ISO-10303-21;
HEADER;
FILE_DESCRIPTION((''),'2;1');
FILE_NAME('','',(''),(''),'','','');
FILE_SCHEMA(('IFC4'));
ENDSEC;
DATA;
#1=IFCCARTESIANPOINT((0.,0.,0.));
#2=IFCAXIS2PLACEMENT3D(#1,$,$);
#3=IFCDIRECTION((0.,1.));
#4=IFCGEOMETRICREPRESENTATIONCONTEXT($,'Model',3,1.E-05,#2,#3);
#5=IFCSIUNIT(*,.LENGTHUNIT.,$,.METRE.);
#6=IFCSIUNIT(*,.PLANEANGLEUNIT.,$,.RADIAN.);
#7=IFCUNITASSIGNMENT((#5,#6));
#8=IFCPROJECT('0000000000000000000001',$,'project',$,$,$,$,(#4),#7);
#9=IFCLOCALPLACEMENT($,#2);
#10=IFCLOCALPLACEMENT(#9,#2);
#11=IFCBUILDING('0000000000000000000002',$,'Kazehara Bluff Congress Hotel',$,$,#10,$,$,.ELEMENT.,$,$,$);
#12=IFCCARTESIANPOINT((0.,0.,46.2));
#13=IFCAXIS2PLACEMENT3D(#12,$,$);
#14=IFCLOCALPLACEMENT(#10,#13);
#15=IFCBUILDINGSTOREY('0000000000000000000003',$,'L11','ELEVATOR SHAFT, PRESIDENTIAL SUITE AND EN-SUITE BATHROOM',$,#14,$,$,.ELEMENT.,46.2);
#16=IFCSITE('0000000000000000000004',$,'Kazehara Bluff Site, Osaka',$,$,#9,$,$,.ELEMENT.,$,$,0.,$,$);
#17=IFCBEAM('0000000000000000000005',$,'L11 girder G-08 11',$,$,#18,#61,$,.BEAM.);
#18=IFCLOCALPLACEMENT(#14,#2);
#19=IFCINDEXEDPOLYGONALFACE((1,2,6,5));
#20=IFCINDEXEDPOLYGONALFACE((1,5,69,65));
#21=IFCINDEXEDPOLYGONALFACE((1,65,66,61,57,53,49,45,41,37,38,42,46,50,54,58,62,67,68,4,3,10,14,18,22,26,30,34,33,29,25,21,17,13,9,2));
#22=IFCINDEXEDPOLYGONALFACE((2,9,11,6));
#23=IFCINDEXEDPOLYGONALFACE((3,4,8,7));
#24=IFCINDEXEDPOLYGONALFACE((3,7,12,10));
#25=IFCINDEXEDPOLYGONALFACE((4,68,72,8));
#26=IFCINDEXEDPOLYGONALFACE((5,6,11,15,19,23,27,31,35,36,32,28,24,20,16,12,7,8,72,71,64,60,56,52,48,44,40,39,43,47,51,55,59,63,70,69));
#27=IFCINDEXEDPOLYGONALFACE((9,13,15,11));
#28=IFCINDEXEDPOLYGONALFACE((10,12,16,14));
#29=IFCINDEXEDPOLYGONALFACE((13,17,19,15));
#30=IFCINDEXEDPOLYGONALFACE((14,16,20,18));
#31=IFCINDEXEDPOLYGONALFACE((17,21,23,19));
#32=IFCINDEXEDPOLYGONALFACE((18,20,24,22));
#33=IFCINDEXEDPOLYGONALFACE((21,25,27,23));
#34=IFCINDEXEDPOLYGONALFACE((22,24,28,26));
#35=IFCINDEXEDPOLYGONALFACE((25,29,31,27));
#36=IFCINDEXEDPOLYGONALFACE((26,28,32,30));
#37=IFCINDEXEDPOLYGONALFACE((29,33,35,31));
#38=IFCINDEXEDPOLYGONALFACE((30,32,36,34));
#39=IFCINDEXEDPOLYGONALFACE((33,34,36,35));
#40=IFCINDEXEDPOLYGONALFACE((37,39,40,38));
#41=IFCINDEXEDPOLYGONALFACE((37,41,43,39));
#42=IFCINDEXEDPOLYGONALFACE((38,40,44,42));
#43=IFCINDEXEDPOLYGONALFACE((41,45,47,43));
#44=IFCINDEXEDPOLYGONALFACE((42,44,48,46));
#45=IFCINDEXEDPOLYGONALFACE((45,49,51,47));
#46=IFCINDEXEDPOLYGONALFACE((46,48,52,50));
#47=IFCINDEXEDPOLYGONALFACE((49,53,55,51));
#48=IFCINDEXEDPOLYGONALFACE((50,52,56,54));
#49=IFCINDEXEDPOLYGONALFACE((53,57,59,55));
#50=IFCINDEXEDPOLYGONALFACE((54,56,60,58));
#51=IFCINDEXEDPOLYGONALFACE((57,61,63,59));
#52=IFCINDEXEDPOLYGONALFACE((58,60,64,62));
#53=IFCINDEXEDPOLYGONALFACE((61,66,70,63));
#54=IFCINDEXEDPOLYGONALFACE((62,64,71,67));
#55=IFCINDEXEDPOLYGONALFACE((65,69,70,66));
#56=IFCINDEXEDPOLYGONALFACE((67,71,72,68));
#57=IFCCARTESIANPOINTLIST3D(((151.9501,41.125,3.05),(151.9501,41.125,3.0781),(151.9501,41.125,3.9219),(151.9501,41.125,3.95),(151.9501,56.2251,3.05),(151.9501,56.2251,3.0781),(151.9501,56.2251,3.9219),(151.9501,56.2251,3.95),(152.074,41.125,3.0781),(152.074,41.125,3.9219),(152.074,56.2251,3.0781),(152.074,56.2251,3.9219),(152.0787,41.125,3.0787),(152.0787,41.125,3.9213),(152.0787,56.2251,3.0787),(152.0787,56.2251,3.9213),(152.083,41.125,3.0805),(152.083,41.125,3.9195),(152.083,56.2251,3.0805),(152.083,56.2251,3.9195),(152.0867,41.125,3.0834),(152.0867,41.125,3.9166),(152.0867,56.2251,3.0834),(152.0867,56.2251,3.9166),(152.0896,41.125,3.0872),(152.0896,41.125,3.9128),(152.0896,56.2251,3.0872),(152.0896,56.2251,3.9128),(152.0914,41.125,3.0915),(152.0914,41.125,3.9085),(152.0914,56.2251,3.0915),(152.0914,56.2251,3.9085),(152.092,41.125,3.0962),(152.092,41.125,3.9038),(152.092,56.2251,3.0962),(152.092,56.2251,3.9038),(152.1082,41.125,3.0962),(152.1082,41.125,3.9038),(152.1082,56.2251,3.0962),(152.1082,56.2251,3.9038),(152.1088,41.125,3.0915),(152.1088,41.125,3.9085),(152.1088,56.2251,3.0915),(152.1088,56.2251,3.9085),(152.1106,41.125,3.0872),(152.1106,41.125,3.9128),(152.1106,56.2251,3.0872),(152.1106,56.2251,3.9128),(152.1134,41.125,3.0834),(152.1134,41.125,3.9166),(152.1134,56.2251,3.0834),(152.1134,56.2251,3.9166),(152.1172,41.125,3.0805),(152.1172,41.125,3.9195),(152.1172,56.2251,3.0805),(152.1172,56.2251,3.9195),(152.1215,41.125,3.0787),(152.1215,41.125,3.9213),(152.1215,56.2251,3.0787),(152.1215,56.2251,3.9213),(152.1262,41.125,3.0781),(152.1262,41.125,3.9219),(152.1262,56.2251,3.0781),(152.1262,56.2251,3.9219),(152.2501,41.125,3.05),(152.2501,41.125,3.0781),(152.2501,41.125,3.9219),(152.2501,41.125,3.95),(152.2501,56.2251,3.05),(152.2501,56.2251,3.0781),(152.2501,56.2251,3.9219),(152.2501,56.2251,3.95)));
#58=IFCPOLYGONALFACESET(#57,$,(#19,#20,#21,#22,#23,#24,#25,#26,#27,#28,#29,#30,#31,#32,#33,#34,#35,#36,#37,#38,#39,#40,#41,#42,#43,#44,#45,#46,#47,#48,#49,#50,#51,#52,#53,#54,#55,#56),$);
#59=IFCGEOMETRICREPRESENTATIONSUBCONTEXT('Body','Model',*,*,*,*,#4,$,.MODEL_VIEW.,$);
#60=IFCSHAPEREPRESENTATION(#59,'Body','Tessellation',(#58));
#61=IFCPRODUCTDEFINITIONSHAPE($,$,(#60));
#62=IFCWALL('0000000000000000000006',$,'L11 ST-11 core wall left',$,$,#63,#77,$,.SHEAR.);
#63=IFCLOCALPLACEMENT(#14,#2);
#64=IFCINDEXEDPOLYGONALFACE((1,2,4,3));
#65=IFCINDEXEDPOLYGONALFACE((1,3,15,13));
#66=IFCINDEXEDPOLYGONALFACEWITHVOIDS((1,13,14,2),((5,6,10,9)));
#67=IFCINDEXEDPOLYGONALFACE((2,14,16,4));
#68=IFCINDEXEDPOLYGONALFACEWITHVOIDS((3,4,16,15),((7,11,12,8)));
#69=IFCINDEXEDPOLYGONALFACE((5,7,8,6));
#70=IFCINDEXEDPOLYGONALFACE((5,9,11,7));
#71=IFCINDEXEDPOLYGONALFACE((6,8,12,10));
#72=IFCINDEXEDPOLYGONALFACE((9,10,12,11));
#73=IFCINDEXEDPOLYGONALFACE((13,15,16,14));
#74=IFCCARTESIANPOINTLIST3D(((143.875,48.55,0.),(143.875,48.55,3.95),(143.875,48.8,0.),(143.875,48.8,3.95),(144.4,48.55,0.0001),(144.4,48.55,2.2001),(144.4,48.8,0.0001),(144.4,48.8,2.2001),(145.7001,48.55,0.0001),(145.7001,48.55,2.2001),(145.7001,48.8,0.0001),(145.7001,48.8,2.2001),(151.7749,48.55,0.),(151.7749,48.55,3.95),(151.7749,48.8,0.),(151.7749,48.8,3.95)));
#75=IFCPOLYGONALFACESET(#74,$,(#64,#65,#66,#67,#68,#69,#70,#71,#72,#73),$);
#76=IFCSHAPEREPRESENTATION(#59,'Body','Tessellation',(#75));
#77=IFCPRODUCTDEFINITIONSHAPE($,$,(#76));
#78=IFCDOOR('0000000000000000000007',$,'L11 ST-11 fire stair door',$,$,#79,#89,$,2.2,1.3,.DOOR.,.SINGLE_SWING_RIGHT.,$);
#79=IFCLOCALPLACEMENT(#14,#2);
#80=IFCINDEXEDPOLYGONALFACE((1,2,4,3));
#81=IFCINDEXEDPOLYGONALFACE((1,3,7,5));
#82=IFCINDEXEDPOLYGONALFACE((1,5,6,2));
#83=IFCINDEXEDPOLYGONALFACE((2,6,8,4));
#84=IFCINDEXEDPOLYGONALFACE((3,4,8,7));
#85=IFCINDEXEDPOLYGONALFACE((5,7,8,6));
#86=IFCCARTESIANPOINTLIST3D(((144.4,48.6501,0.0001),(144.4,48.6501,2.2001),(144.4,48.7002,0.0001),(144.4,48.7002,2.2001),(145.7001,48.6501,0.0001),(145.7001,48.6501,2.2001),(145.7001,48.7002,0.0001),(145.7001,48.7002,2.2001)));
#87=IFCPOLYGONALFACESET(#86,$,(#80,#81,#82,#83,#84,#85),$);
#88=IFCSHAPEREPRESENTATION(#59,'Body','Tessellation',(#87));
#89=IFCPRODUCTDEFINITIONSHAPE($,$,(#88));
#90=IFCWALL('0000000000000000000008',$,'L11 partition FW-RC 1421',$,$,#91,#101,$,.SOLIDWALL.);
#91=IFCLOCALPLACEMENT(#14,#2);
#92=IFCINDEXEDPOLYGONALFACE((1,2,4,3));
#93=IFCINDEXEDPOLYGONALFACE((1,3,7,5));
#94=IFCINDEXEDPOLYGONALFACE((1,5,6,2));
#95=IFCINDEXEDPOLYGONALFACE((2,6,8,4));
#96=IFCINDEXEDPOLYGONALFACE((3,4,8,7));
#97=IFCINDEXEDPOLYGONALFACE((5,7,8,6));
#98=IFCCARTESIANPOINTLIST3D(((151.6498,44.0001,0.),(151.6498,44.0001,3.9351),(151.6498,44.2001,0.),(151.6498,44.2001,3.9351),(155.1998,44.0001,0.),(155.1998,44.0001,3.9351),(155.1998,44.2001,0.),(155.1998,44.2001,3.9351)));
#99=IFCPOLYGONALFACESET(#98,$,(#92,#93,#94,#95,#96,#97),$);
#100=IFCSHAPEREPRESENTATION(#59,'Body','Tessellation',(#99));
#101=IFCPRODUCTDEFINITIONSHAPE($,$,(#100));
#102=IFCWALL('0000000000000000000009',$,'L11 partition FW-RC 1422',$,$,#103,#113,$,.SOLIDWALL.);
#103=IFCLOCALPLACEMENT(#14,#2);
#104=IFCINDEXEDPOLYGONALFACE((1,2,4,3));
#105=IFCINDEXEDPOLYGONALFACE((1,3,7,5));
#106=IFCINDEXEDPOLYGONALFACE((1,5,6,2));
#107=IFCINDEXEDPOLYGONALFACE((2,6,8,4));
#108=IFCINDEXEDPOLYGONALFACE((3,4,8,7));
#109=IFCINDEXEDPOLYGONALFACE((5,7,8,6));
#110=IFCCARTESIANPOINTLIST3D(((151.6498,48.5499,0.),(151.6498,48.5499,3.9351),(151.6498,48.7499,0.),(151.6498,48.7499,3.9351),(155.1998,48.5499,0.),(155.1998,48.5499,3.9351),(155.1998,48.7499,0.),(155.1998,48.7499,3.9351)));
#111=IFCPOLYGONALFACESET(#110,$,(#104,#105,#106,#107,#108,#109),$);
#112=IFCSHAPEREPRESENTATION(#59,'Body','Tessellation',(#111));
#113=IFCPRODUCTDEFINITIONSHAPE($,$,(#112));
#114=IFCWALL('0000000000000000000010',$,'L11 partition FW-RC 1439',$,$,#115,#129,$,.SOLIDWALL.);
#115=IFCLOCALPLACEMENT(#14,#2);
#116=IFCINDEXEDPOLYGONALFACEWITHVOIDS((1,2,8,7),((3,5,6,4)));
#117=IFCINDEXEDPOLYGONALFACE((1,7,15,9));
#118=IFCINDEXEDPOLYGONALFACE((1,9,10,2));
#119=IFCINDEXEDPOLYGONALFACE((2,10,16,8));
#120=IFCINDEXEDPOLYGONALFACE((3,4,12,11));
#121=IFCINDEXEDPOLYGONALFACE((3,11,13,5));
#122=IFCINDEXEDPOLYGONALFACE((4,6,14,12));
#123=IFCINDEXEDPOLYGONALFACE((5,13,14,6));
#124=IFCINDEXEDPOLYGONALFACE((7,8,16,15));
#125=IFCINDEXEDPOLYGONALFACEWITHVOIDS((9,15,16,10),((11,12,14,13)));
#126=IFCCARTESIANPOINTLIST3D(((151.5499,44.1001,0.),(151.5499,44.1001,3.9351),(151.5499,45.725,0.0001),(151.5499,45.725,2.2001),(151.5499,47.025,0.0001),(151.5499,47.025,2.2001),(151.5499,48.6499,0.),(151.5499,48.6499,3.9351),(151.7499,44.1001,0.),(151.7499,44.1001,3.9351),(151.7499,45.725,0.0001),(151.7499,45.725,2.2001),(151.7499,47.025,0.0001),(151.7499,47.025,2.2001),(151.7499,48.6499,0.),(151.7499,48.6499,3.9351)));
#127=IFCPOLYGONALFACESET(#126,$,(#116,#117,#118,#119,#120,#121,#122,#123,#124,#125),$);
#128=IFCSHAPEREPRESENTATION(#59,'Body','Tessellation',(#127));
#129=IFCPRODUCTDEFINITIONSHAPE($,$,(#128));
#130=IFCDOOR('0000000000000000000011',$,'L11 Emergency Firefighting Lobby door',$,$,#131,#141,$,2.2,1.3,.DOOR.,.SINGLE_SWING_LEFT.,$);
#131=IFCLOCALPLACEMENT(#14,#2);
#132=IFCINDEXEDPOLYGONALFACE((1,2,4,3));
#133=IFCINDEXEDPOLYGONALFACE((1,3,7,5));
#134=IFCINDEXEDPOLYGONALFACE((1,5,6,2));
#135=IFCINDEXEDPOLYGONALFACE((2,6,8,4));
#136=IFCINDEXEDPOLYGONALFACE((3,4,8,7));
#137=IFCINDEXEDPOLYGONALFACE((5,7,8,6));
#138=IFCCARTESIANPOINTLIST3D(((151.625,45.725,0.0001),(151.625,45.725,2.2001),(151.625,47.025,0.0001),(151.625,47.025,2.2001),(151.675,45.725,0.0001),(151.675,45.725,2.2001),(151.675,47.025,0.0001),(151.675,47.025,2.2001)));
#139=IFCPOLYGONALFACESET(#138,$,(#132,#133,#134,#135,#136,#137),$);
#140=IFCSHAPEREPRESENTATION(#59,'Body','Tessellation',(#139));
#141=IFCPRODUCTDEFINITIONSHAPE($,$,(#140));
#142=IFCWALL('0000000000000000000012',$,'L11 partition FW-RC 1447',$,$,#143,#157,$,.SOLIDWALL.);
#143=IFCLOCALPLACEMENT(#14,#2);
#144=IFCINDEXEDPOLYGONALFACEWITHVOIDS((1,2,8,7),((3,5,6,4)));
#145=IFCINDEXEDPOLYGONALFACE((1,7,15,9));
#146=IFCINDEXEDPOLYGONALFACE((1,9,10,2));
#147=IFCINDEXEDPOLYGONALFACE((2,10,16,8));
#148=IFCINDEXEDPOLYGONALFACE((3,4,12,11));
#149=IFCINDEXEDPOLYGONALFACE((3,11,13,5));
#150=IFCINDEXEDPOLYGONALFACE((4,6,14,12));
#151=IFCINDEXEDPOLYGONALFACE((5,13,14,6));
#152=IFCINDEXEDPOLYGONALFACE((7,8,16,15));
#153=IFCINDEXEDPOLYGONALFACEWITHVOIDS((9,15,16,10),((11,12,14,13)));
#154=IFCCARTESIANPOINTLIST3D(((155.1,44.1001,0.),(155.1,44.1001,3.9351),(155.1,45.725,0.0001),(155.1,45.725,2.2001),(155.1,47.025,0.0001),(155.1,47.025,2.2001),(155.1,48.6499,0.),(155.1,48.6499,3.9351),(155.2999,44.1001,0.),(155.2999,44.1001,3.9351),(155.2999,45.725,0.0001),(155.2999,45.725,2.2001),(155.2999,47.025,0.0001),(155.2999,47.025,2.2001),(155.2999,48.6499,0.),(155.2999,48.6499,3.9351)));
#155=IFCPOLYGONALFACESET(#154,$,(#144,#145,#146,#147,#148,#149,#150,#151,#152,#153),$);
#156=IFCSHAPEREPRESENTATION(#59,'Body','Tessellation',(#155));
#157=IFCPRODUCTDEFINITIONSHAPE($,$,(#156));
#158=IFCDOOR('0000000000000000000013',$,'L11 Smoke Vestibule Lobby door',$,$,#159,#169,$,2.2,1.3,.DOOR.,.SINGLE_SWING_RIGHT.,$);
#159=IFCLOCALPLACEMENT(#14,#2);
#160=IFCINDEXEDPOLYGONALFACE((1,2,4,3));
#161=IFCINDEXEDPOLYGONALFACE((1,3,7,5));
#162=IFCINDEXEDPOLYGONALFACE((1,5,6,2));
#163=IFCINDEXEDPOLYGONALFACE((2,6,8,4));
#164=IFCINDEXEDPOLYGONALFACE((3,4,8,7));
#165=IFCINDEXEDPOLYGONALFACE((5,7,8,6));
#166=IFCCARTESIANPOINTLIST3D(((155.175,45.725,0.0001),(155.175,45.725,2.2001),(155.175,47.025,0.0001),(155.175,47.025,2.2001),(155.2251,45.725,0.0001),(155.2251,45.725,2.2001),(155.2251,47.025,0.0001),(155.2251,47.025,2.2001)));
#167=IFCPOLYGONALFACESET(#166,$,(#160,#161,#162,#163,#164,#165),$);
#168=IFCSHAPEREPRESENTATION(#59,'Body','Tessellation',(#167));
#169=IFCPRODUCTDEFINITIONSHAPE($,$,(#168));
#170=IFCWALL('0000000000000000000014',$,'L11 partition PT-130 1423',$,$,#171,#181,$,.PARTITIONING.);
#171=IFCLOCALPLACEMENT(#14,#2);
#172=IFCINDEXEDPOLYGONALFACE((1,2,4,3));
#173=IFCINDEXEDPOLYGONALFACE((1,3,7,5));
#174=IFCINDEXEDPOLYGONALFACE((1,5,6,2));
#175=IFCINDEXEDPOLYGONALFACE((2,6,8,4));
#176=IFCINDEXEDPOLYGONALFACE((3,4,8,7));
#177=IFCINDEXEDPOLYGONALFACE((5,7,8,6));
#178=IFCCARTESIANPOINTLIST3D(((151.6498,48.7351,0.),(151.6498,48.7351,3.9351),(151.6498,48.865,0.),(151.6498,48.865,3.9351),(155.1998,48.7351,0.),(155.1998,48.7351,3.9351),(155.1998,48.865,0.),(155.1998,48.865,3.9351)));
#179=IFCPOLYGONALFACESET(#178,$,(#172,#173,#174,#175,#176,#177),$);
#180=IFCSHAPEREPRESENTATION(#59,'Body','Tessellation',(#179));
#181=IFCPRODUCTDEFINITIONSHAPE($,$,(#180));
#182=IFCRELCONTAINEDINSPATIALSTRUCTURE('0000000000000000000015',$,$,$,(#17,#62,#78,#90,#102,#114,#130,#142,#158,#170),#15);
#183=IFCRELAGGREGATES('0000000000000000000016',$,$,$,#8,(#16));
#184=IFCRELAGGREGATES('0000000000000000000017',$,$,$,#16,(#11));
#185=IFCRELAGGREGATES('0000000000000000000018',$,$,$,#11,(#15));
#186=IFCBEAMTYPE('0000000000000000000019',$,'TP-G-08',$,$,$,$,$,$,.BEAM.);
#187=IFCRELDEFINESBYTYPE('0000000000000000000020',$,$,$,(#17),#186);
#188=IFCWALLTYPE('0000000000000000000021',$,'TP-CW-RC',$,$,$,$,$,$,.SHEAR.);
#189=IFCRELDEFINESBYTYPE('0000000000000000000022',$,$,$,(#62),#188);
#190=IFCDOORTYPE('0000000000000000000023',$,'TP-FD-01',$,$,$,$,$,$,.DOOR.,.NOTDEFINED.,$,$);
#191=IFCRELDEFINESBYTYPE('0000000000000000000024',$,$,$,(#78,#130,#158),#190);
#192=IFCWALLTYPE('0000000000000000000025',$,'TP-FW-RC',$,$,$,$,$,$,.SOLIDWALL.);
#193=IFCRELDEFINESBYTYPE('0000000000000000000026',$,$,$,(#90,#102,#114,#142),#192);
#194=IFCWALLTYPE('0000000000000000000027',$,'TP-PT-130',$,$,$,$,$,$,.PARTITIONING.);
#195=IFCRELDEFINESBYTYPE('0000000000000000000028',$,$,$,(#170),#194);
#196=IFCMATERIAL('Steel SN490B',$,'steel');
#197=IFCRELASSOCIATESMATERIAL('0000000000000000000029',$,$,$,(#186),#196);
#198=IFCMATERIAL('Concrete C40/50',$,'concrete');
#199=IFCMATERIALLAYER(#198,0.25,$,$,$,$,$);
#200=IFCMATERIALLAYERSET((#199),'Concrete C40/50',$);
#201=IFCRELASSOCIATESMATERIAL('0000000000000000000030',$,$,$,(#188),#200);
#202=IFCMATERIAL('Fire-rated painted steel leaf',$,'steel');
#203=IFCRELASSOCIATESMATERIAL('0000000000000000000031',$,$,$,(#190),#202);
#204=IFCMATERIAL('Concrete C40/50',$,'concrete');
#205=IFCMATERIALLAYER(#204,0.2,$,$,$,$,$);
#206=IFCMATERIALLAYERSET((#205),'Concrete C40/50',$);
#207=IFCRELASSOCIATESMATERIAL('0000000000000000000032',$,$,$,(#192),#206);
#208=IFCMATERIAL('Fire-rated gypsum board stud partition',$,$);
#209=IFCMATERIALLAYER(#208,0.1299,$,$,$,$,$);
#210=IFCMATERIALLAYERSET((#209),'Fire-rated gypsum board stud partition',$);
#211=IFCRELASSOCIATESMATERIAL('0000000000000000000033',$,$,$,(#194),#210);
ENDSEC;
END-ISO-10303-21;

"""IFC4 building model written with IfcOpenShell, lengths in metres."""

from ifc_helpers import new_model, si_unit, direction, frame, frame_2d, origin, origin_2d, place, context, subcontext, project, spatial, rectangle, i_section, extrude, material, layer, layer_set, material_profile, profile_set, type_object, element, fill, save


model = new_model("IFC4")

# Units and contexts
model_context = context("Model", 3, precision=1e-05, world=origin(), true_north=direction((0.0, 1.0)))
body_context = subcontext(model_context, "Body", "Model", "MODEL_VIEW")
ifc_project = project(units=[si_unit("LENGTHUNIT", "METRE"), si_unit("PLANEANGLEUNIT", "RADIAN")], contexts=[model_context])

# Site, building, storey
site_placement = place(None, origin())
site = spatial("IfcSite", under=ifc_project, at=site_placement, Name="Kazehara Bluff Site, Osaka", CompositionType="ELEMENT", RefElevation=0.0)
building_placement = place(site_placement, origin())
building = spatial("IfcBuilding", under=site, at=building_placement, Name="Kazehara Bluff Congress Hotel", CompositionType="ELEMENT")
storey_placement = place(building_placement, frame((0.0, 0.0, 46.2)))
storey = spatial("IfcBuildingStorey", under=building, at=storey_placement, Name="L11", Description="ELEVATOR SHAFT, PRESIDENTIAL SUITE AND EN-SUITE BATHROOM", CompositionType="ELEMENT", Elevation=46.2)

# Beam
ifc_material_1 = material(Name="Steel SN490B", Category="steel")
ifc_material_profile_1 = material_profile(ifc_material_1, i_section(OverallWidth=0.3, OverallDepth=0.8999, WebThickness=0.0161, FlangeThickness=0.0281, FilletRadius=0.0181, at=origin_2d()))
ifc_profile_set_1 = profile_set([ifc_material_profile_1], Name="Steel SN490B")
beam_type_1 = type_object("IfcBeamType", Name="TP-G-08", PredefinedType="BEAM", material=ifc_profile_set_1)
beam_placement = place(storey_placement, frame((152.1001, 41.125, 3.5), z_axis=(0.0, 1.0, 0.0), x_axis=(-1.0, 0.0, 0.0)))
element("IfcBeam", 1, at=beam_placement, inside=storey, type_object=beam_type_1, Name="L11 girder G-08 11", PredefinedType="BEAM", context=body_context, shape_type="SweptSolid", body=[
    extrude(i_section(OverallWidth=0.3, OverallDepth=0.8999, WebThickness=0.0161, FlangeThickness=0.0281, FilletRadius=0.0181, at=origin_2d()), origin(), (0.0, 0.0, 1.0), 15.1001),
])

# Wall, opening, door
ifc_material_2 = material(Name="Concrete C40/50", Category="concrete")
ifc_layer_1 = layer(ifc_material_2, 0.25)
ifc_layer_set_1 = layer_set([ifc_layer_1], Name="Concrete C40/50")
wall_type_1 = type_object("IfcWallType", Name="TP-CW-RC", PredefinedType="SHEAR", material=ifc_layer_set_1)
wall_1_placement = place(storey_placement, frame((151.7749, 48.675, 0.0), z_axis=(0.0, 0.0, 1.0), x_axis=(-1.0, 0.0, 0.0)))
wall_1 = element("IfcWall", 2, at=wall_1_placement, inside=storey, type_object=wall_type_1, Name="L11 ST-11 core wall left", PredefinedType="SHEAR", context=body_context, shape_type="SweptSolid", body=[
    extrude(rectangle(XDim=7.8999, YDim=0.25, at=frame_2d((3.95, 0.0))), origin(), (0.0, 0.0, 1.0), 3.95),
])
opening_1_placement = place(wall_1_placement, frame((6.075, 0.0, 0.0)))
opening_1 = element("IfcOpeningElement", 3, at=opening_1_placement, cuts=wall_1, PredefinedType="OPENING", context=body_context, shape_type="SweptSolid", body=[
    extrude(rectangle(XDim=1.3, YDim=2.2, at=frame_2d((0.6499, 1.1001))), frame((0.0, 0.135, 0.0), z_axis=(0.0, -1.0, 0.0), x_axis=(1.0, 0.0, 0.0)), (0.0, 0.0, 1.0), 0.27),
])
ifc_material_3 = material(Name="Fire-rated painted steel leaf", Category="steel")
door_type_1 = type_object("IfcDoorType", Name="TP-FD-01", OperationType="NOTDEFINED", PredefinedType="DOOR", material=ifc_material_3)
door_1_placement = place(opening_1_placement, origin())
door_1 = element("IfcDoor", 4, at=door_1_placement, inside=storey, type_object=door_type_1, Name="L11 ST-11 fire stair door", OperationType="SINGLE_SWING_RIGHT", OverallHeight=2.2, OverallWidth=1.3, PredefinedType="DOOR", context=body_context, shape_type="SweptSolid", body=[
    extrude(rectangle(XDim=1.3, YDim=2.2, at=frame_2d((0.6499, 1.1001))), frame((0.0, 0.0249, 0.0), z_axis=(0.0, -1.0, 0.0), x_axis=(1.0, 0.0, 0.0)), (0.0, 0.0, 1.0), 0.05),
])
fill(opening_1, door_1)

# Walls
ifc_material_4 = material(Name="Concrete C40/50", Category="concrete")
ifc_layer_2 = layer(ifc_material_4, 0.2)
ifc_layer_set_2 = layer_set([ifc_layer_2], Name="Concrete C40/50")
wall_type_2 = type_object("IfcWallType", Name="TP-FW-RC", PredefinedType="SOLIDWALL", material=ifc_layer_set_2)
for number, where, z_axis, x_axis, name in (
    (5, (151.6499, 44.1001, 0.0), (0.0, 0.0, 1.0), (1.0, 0.0, 0.0), "L11 partition FW-RC 1421"),
    (6, (151.6499, 48.6499, 0.0), (0.0, 0.0, 1.0), (1.0, 0.0, 0.0), "L11 partition FW-RC 1422"),
):
    element("IfcWall", number, at=place(storey_placement, frame(where, z_axis=z_axis, x_axis=x_axis)), inside=storey, type_object=wall_type_2, Name=name, PredefinedType="SOLIDWALL", context=body_context, shape_type="SweptSolid", body=[
        extrude(rectangle(XDim=3.55, YDim=0.2, at=frame_2d((1.7749, 0.0))), origin(), (0.0, 0.0, 1.0), 3.9351),
    ])

# Walls, openings, doors
wall_2_placement = place(storey_placement, frame((151.6499, 44.1001, 0.0), z_axis=(0.0, 0.0, 1.0), x_axis=(0.0, 1.0, 0.0)))
wall_2 = element("IfcWall", 7, at=wall_2_placement, inside=storey, type_object=wall_type_2, Name="L11 partition FW-RC 1439", PredefinedType="SOLIDWALL", context=body_context, shape_type="SweptSolid", body=[
    extrude(rectangle(XDim=4.5498, YDim=0.2, at=frame_2d((2.2749, 0.0))), origin(), (0.0, 0.0, 1.0), 3.9351),
])
opening_2_placement = place(wall_2_placement, frame((1.625, 0.0, 0.0)))
opening_2 = element("IfcOpeningElement", 8, at=opening_2_placement, cuts=wall_2, PredefinedType="OPENING", context=body_context, shape_type="SweptSolid", body=[
    extrude(rectangle(XDim=1.3, YDim=2.2, at=frame_2d((0.6499, 1.1001))), frame((0.0, 0.1099, 0.0), z_axis=(0.0, -1.0, 0.0), x_axis=(1.0, 0.0, 0.0)), (0.0, 0.0, 1.0), 0.22),
])
door_2_placement = place(opening_2_placement, origin())
door_2 = element("IfcDoor", 9, at=door_2_placement, inside=storey, type_object=door_type_1, Name="L11 Emergency Firefighting Lobby door", OperationType="SINGLE_SWING_LEFT", OverallHeight=2.2, OverallWidth=1.3, PredefinedType="DOOR", context=body_context, shape_type="SweptSolid", body=[
    extrude(rectangle(XDim=1.3, YDim=2.2, at=frame_2d((0.6499, 1.1001))), frame((0.0, 0.0249, 0.0), z_axis=(0.0, -1.0, 0.0), x_axis=(1.0, 0.0, 0.0)), (0.0, 0.0, 1.0), 0.05),
])
fill(opening_2, door_2)
wall_3_placement = place(storey_placement, frame((155.2, 44.1001, 0.0), z_axis=(0.0, 0.0, 1.0), x_axis=(0.0, 1.0, 0.0)))
wall_3 = element("IfcWall", 10, at=wall_3_placement, inside=storey, type_object=wall_type_2, Name="L11 partition FW-RC 1447", PredefinedType="SOLIDWALL", context=body_context, shape_type="SweptSolid", body=[
    extrude(rectangle(XDim=4.5498, YDim=0.2, at=frame_2d((2.2749, 0.0))), origin(), (0.0, 0.0, 1.0), 3.9351),
])
opening_3_placement = place(wall_3_placement, frame((1.625, 0.0, 0.0)))
opening_3 = element("IfcOpeningElement", 11, at=opening_3_placement, cuts=wall_3, PredefinedType="OPENING", context=body_context, shape_type="SweptSolid", body=[
    extrude(rectangle(XDim=1.3, YDim=2.2, at=frame_2d((0.6499, 1.1001))), frame((0.0, 0.1099, 0.0), z_axis=(0.0, -1.0, 0.0), x_axis=(1.0, 0.0, 0.0)), (0.0, 0.0, 1.0), 0.22),
])
door_3_placement = place(opening_3_placement, origin())
door_3 = element("IfcDoor", 12, at=door_3_placement, inside=storey, type_object=door_type_1, Name="L11 Smoke Vestibule Lobby door", OperationType="SINGLE_SWING_RIGHT", OverallHeight=2.2, OverallWidth=1.3, PredefinedType="DOOR", context=body_context, shape_type="SweptSolid", body=[
    extrude(rectangle(XDim=1.3, YDim=2.2, at=frame_2d((0.6499, 1.1001))), frame((0.0, 0.0249, 0.0), z_axis=(0.0, -1.0, 0.0), x_axis=(1.0, 0.0, 0.0)), (0.0, 0.0, 1.0), 0.05),
])
fill(opening_3, door_3)

# Wall
ifc_material_5 = material(Name="Fire-rated gypsum board stud partition")
ifc_layer_3 = layer(ifc_material_5, 0.1299)
ifc_layer_set_3 = layer_set([ifc_layer_3], Name="Fire-rated gypsum board stud partition")
wall_type_3 = type_object("IfcWallType", Name="TP-PT-130", PredefinedType="PARTITIONING", material=ifc_layer_set_3)
wall_4_placement = place(storey_placement, frame((151.6499, 48.8, 0.0), z_axis=(0.0, 0.0, 1.0), x_axis=(1.0, 0.0, 0.0)))
element("IfcWall", 13, at=wall_4_placement, inside=storey, type_object=wall_type_3, Name="L11 partition PT-130 1423", PredefinedType="PARTITIONING", context=body_context, shape_type="SweptSolid", body=[
    extrude(rectangle(XDim=3.55, YDim=0.1299, at=frame_2d((1.7749, 0.0))), origin(), (0.0, 0.0, 1.0), 3.9351),
])

save(model, "model.ifc")
